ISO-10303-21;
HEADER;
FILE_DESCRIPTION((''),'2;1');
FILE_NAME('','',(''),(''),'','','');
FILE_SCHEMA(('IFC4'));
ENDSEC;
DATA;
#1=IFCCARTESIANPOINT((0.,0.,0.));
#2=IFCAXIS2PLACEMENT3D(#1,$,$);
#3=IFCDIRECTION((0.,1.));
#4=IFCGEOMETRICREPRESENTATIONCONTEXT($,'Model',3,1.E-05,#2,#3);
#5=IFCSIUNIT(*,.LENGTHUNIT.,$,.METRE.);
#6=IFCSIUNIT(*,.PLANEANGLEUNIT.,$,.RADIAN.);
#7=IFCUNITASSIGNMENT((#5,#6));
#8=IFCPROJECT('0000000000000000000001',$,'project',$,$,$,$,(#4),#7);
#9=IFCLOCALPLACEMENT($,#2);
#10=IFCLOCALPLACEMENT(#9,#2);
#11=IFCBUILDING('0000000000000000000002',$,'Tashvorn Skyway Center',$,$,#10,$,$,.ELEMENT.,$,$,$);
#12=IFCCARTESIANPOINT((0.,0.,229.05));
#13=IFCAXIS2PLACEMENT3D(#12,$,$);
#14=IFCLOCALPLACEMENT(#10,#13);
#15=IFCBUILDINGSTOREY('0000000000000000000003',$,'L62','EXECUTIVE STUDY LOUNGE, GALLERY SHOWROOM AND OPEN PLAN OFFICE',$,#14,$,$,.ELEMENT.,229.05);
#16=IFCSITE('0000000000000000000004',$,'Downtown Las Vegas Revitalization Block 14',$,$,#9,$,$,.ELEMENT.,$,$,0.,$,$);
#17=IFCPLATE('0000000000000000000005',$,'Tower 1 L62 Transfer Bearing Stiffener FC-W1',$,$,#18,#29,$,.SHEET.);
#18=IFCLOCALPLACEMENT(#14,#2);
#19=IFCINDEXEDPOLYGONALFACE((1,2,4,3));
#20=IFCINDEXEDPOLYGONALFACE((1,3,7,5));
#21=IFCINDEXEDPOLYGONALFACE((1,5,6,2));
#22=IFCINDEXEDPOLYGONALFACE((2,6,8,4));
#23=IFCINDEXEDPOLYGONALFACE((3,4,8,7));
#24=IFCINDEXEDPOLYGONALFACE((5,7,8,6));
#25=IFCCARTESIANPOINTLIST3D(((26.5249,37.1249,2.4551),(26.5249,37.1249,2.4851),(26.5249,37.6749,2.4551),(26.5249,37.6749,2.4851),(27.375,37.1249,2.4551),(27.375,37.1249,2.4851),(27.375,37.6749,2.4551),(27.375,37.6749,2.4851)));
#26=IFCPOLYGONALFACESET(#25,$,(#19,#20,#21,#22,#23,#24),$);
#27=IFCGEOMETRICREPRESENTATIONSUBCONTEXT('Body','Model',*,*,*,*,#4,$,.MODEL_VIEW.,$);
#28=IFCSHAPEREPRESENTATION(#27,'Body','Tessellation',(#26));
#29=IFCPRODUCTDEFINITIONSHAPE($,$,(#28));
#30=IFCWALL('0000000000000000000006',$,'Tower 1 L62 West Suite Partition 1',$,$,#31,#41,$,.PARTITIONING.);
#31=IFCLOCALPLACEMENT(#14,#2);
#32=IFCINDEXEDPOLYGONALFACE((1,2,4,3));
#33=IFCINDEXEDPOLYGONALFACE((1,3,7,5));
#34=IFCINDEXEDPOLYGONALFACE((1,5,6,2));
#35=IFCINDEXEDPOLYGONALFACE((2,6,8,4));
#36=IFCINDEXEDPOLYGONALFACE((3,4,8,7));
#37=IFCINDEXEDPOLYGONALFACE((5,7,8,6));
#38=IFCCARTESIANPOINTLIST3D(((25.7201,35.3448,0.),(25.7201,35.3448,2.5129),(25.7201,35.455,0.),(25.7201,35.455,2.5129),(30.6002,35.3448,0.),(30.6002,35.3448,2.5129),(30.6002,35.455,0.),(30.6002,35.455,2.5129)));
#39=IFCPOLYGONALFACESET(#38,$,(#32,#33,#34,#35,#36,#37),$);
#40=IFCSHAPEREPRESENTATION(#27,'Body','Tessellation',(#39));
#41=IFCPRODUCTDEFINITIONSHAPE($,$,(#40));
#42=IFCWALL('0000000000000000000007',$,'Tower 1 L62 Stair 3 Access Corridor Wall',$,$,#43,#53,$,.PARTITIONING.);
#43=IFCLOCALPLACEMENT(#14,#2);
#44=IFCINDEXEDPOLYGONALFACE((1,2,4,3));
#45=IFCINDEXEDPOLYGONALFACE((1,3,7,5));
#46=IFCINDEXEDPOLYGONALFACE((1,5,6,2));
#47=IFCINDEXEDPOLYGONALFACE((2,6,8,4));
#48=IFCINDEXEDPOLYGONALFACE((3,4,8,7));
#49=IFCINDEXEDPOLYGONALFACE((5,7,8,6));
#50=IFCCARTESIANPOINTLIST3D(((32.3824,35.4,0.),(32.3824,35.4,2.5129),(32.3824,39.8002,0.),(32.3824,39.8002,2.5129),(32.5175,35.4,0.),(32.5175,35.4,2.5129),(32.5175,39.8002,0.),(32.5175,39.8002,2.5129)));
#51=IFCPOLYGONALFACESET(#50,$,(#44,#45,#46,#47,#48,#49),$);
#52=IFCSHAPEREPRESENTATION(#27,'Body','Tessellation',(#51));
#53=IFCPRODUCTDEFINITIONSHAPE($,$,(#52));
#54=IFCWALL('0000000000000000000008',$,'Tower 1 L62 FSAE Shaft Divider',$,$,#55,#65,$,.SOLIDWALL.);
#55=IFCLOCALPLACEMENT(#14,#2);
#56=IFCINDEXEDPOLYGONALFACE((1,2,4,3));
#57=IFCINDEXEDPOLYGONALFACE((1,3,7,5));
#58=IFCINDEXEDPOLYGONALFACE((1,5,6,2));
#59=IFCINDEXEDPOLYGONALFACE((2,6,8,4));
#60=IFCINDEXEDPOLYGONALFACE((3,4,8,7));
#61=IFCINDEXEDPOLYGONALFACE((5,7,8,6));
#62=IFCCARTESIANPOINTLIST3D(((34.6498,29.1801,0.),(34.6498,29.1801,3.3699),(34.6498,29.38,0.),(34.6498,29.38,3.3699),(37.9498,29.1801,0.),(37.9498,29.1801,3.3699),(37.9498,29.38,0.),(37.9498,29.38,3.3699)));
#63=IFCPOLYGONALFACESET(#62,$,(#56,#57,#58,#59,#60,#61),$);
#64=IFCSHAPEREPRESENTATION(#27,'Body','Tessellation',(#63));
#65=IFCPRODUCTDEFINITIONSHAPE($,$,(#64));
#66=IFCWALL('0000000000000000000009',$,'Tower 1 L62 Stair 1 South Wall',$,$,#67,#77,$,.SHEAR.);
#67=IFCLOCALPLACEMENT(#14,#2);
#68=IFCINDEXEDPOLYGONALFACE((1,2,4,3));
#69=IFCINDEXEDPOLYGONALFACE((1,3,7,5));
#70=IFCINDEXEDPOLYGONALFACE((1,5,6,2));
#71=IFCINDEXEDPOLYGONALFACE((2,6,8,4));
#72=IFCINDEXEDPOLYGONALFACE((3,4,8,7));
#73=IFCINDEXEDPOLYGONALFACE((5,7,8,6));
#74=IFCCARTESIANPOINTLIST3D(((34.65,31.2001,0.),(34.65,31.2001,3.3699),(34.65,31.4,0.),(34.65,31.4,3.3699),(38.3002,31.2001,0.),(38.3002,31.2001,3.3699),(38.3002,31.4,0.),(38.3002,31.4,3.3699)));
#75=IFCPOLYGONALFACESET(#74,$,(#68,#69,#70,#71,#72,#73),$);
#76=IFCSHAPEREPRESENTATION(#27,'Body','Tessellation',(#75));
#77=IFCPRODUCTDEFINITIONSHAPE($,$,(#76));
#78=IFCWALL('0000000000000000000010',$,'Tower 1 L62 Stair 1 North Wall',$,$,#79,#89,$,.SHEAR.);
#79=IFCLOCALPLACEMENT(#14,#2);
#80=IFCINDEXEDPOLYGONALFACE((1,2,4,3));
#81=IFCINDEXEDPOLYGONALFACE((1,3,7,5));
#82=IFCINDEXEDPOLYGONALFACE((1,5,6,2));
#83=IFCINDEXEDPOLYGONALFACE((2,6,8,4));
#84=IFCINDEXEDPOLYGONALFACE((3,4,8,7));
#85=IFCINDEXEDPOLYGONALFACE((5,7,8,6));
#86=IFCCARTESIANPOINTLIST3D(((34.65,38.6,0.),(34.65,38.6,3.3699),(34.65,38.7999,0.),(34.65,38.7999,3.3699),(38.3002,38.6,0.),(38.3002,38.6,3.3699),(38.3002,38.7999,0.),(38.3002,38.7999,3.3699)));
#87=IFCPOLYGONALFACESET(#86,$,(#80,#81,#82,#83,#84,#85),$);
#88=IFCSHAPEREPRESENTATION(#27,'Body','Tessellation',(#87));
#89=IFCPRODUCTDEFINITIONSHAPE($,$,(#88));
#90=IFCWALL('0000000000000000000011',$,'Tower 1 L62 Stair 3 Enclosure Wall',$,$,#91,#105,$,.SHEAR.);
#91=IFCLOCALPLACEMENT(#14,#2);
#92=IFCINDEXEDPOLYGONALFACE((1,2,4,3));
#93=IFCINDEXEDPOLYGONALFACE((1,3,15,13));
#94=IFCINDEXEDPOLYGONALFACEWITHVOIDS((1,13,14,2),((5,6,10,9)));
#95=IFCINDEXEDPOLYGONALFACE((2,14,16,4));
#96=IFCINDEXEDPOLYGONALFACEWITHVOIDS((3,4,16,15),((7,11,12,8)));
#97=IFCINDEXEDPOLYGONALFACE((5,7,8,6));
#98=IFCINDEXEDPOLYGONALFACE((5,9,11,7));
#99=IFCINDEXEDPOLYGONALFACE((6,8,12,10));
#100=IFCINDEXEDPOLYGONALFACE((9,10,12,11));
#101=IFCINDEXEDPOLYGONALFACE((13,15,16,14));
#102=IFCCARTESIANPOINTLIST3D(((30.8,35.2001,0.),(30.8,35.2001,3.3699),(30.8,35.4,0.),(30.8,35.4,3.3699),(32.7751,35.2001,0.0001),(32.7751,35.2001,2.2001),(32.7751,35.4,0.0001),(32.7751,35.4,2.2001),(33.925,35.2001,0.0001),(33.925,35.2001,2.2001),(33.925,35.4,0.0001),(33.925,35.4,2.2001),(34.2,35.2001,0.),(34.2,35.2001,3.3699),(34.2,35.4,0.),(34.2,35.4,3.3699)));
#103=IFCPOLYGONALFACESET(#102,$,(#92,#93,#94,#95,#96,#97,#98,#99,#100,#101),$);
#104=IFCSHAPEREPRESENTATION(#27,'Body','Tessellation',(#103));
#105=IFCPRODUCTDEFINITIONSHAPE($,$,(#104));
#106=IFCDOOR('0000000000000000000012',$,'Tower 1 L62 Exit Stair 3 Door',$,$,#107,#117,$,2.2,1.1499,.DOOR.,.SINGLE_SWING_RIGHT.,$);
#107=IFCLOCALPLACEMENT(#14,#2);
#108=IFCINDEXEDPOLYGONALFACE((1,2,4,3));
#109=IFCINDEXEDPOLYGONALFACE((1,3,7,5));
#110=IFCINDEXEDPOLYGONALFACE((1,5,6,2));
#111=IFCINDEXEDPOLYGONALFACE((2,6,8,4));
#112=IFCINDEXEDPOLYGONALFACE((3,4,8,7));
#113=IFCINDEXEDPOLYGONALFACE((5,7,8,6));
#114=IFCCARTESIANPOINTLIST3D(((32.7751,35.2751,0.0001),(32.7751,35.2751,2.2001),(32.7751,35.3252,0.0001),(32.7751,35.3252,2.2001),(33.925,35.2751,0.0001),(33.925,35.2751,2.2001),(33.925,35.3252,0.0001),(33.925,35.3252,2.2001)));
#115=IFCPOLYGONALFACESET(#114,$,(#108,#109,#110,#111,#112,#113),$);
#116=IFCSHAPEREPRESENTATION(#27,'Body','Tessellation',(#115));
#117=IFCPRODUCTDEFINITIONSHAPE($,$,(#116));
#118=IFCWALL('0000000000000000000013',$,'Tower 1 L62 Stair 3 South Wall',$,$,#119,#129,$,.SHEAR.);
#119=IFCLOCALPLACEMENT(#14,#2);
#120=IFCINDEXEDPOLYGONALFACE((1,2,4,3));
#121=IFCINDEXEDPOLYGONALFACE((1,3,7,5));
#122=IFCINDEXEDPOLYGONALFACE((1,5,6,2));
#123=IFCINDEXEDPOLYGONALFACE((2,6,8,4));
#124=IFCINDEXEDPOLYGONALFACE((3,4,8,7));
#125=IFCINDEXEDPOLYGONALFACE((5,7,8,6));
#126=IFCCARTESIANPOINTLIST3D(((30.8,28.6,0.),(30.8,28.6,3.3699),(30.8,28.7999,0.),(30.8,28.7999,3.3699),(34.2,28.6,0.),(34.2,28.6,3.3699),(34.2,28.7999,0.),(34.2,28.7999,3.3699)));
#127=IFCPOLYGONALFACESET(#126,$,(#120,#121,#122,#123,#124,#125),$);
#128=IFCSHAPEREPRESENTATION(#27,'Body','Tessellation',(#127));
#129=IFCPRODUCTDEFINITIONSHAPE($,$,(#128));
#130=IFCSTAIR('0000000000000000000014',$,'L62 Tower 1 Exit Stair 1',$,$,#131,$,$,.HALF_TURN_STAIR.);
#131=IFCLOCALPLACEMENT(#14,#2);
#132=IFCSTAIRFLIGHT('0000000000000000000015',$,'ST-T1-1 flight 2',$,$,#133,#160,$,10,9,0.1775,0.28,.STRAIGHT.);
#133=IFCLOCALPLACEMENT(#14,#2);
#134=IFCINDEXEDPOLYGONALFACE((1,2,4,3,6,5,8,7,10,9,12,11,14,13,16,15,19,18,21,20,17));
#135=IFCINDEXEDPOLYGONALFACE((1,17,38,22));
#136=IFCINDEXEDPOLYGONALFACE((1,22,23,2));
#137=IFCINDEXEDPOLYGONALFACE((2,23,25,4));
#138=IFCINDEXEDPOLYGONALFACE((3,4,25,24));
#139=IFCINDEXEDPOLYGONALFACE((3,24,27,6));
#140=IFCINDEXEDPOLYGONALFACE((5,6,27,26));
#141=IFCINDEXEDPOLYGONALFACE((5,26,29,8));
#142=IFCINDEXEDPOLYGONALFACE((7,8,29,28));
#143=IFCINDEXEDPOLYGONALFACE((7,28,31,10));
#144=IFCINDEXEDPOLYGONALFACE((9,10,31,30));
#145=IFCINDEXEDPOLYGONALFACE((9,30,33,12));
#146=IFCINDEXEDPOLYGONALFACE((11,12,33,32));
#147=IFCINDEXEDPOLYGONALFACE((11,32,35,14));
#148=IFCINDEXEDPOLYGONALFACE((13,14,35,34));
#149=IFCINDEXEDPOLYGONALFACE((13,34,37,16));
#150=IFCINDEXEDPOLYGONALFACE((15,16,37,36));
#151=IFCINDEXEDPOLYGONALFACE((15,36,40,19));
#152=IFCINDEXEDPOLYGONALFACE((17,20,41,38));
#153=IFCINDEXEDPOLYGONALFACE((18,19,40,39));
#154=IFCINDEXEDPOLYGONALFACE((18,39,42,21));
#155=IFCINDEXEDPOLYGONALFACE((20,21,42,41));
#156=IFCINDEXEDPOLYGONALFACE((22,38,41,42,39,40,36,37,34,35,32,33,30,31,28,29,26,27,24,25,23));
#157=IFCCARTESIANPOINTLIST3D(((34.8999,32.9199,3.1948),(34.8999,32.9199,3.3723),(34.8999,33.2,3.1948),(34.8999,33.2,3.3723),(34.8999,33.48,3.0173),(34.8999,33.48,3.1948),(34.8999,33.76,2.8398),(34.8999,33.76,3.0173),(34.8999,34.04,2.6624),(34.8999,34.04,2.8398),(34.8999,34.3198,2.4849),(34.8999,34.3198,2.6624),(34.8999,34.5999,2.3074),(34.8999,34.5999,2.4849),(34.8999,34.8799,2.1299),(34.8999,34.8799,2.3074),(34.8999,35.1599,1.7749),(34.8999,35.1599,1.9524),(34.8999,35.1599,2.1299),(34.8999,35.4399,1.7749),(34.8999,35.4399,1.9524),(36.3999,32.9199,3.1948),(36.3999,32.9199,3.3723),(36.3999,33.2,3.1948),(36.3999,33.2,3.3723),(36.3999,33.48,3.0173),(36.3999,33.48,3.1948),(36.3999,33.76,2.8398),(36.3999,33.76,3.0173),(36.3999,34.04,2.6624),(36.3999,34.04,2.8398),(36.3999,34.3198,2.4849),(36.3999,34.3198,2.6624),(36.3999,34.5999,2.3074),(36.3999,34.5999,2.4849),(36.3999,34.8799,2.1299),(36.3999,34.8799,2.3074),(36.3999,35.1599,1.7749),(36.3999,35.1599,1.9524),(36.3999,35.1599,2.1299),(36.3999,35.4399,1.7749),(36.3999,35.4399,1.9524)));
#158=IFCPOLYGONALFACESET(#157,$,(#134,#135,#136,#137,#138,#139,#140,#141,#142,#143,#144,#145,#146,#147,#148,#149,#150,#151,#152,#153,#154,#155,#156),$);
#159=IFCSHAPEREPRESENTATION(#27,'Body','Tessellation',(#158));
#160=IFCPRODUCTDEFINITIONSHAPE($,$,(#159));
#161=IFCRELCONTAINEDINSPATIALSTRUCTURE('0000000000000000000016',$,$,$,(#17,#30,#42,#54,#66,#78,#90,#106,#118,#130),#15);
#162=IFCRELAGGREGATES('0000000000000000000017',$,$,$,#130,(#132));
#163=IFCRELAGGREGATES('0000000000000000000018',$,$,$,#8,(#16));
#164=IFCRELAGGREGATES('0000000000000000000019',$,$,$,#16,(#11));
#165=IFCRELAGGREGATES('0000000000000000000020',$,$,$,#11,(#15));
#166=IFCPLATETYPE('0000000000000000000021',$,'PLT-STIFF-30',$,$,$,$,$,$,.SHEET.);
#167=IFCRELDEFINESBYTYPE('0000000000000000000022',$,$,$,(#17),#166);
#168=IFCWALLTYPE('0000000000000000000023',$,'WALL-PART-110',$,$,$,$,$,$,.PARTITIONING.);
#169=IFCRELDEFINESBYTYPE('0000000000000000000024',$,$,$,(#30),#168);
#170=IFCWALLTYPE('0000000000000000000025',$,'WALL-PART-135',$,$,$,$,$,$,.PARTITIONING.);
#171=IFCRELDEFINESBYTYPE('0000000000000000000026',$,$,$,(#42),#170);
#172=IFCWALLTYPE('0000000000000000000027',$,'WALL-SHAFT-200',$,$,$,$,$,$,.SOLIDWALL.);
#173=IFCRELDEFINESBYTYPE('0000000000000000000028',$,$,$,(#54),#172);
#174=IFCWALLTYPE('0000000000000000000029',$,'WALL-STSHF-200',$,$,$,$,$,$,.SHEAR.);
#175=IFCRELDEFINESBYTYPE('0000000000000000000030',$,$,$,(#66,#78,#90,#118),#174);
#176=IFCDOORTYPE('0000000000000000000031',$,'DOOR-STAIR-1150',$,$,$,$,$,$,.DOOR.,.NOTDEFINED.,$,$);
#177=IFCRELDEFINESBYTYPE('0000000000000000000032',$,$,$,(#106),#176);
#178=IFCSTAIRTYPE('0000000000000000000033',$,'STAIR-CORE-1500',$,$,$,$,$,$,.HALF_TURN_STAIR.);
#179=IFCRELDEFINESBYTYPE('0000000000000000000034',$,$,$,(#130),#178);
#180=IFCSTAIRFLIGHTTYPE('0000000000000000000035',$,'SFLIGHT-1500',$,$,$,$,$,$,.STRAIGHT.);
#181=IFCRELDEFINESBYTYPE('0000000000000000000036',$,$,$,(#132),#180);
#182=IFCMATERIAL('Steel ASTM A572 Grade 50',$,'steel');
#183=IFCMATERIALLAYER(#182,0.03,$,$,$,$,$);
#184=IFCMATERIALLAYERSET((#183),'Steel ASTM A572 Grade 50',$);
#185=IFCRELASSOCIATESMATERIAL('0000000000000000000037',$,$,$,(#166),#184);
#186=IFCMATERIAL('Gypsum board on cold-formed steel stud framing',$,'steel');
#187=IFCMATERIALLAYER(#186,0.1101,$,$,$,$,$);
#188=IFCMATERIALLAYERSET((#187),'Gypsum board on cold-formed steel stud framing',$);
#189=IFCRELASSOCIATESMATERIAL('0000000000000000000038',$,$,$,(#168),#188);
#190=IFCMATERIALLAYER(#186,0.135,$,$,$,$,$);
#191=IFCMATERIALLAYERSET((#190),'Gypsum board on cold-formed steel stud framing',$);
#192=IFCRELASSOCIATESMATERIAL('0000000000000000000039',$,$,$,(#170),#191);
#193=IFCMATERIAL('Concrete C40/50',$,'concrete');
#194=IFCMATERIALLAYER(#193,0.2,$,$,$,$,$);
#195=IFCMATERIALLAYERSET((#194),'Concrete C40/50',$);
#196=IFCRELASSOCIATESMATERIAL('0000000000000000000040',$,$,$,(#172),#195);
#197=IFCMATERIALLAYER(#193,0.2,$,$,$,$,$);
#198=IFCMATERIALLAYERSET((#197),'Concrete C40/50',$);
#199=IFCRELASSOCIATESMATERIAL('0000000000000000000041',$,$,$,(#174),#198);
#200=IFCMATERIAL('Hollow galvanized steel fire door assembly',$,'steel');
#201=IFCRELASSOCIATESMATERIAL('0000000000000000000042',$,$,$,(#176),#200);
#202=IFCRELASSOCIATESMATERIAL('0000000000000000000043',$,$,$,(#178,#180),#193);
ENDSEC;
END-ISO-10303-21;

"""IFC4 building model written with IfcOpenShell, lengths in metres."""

from ifc_helpers import new_model, si_unit, direction, frame, frame_2d, origin, origin_2d, place, context, subcontext, project, spatial, polyline, rectangle, outline, extrude, material, layer, layer_set, type_object, element, fill, aggregate, save


model = new_model("IFC4")

# Units and contexts
model_context = context("Model", 3, precision=1e-05, world=origin(), true_north=direction((0.0, 1.0)))
body_context = subcontext(model_context, "Body", "Model", "MODEL_VIEW")
ifc_project = project(units=[si_unit("LENGTHUNIT", "METRE"), si_unit("PLANEANGLEUNIT", "RADIAN")], contexts=[model_context])

# Site, building, storey
site_placement = place(None, origin())
site = spatial("IfcSite", under=ifc_project, at=site_placement, Name="Downtown Las Vegas Revitalization Block 14", CompositionType="ELEMENT", RefElevation=0.0)
building_placement = place(site_placement, origin())
building = spatial("IfcBuilding", under=site, at=building_placement, Name="Tashvorn Skyway Center", CompositionType="ELEMENT")
storey_placement = place(building_placement, frame((0.0, 0.0, 229.05)))
storey = spatial("IfcBuildingStorey", under=building, at=storey_placement, Name="L62", Description="EXECUTIVE STUDY LOUNGE, GALLERY SHOWROOM AND OPEN PLAN OFFICE", CompositionType="ELEMENT", Elevation=229.05)

# Shared definitions
ifc_material_1 = material(Name="Steel ASTM A572 Grade 50", Category="steel")

# Plate
ifc_layer_1 = layer(ifc_material_1, 0.03)
ifc_layer_set_1 = layer_set([ifc_layer_1], Name="Steel ASTM A572 Grade 50")
plate_type_1 = type_object("IfcPlateType", Name="PLT-STIFF-30", PredefinedType="SHEET", material=ifc_layer_set_1)
plate_1_placement = place(storey_placement, frame((26.95, 37.3999, 2.4551), z_axis=(0.0, 0.0, 1.0), x_axis=(1.0, 0.0, 0.0)))
element("IfcPlate", 1, at=plate_1_placement, inside=storey, type_object=plate_type_1, Name="Tower 1 L62 Transfer Bearing Stiffener FC-W1", PredefinedType="SHEET", context=body_context, shape_type="SweptSolid", body=[
    extrude(rectangle(XDim=0.8501, YDim=0.55, at=origin_2d()), origin(), (0.0, 0.0, 1.0), 0.03),
])

# Walls
ifc_material_2 = material(Name="Gypsum board on cold-formed steel stud framing", Category="steel")
ifc_layer_2 = layer(ifc_material_2, 0.1101)
ifc_layer_set_2 = layer_set([ifc_layer_2], Name="Gypsum board on cold-formed steel stud framing")
wall_type_1 = type_object("IfcWallType", Name="WALL-PART-110", PredefinedType="PARTITIONING", material=ifc_layer_set_2)
wall_1_placement = place(storey_placement, frame((30.6001, 35.3999, 0.0), z_axis=(0.0, 0.0, 1.0), x_axis=(-1.0, 0.0, 0.0)))
element("IfcWall", 2, at=wall_1_placement, inside=storey, type_object=wall_type_1, Name="Tower 1 L62 West Suite Partition 1", PredefinedType="PARTITIONING", context=body_context, shape_type="SweptSolid", body=[
    extrude(rectangle(XDim=4.8801, YDim=0.1101, at=frame_2d((2.4399, 0.0))), origin(), (0.0, 0.0, 1.0), 2.5129),
])
ifc_layer_3 = layer(ifc_material_2, 0.135)
ifc_layer_set_3 = layer_set([ifc_layer_3], Name="Gypsum board on cold-formed steel stud framing")
wall_type_2 = type_object("IfcWallType", Name="WALL-PART-135", PredefinedType="PARTITIONING", material=ifc_layer_set_3)
wall_2_placement = place(storey_placement, frame((32.45, 35.3999, 0.0), z_axis=(0.0, 0.0, 1.0), x_axis=(0.0, 1.0, 0.0)))
element("IfcWall", 3, at=wall_2_placement, inside=storey, type_object=wall_type_2, Name="Tower 1 L62 Stair 3 Access Corridor Wall", PredefinedType="PARTITIONING", context=body_context, shape_type="SweptSolid", body=[
    extrude(rectangle(XDim=4.4001, YDim=0.135, at=frame_2d((2.2002, 0.0))), origin(), (0.0, 0.0, 1.0), 2.5129),
])
ifc_material_3 = material(Name="Concrete C40/50", Category="concrete")
ifc_layer_4 = layer(ifc_material_3, 0.2)
ifc_layer_set_4 = layer_set([ifc_layer_4], Name="Concrete C40/50")
wall_type_3 = type_object("IfcWallType", Name="WALL-SHAFT-200", PredefinedType="SOLIDWALL", material=ifc_layer_set_4)
wall_3_placement = place(storey_placement, frame((34.6499, 29.28, 0.0), z_axis=(0.0, 0.0, 1.0), x_axis=(1.0, 0.0, 0.0)))
element("IfcWall", 4, at=wall_3_placement, inside=storey, type_object=wall_type_3, Name="Tower 1 L62 FSAE Shaft Divider", PredefinedType="SOLIDWALL", context=body_context, shape_type="SweptSolid", body=[
    extrude(rectangle(XDim=3.3, YDim=0.2, at=frame_2d((1.6499, 0.0))), origin(), (0.0, 0.0, 1.0), 3.3699),
])
ifc_layer_5 = layer(ifc_material_3, 0.2)
ifc_layer_set_5 = layer_set([ifc_layer_5], Name="Concrete C40/50")
wall_type_4 = type_object("IfcWallType", Name="WALL-STSHF-200", PredefinedType="SHEAR", material=ifc_layer_set_5)
for number, where, z_axis, x_axis, name in (
    (5, (34.6499, 31.3, 0.0), (0.0, 0.0, 1.0), (1.0, 0.0, 0.0), "Tower 1 L62 Stair 1 South Wall"),
    (6, (34.6499, 38.7, 0.0), (0.0, 0.0, 1.0), (1.0, 0.0, 0.0), "Tower 1 L62 Stair 1 North Wall"),
):
    element("IfcWall", number, at=place(storey_placement, frame(where, z_axis=z_axis, x_axis=x_axis)), inside=storey, type_object=wall_type_4, Name=name, PredefinedType="SHEAR", context=body_context, shape_type="SweptSolid", body=[
        extrude(rectangle(XDim=3.6501, YDim=0.2, at=frame_2d((1.8252, 0.0))), origin(), (0.0, 0.0, 1.0), 3.3699),
    ])

# Wall, opening, door
wall_4_placement = place(storey_placement, frame((34.2, 35.3, 0.0), z_axis=(0.0, 0.0, 1.0), x_axis=(-1.0, 0.0, 0.0)))
wall_4 = element("IfcWall", 7, at=wall_4_placement, inside=storey, type_object=wall_type_4, Name="Tower 1 L62 Stair 3 Enclosure Wall", PredefinedType="SHEAR", context=body_context, shape_type="SweptSolid", body=[
    extrude(rectangle(XDim=3.3999, YDim=0.2, at=frame_2d((1.7, 0.0))), origin(), (0.0, 0.0, 1.0), 3.3699),
])
opening_placement = place(wall_4_placement, frame((0.2749, 0.0, 0.0)))
opening = element("IfcOpeningElement", 8, at=opening_placement, cuts=wall_4, PredefinedType="OPENING", context=body_context, shape_type="SweptSolid", body=[
    extrude(rectangle(XDim=1.1499, YDim=2.2, at=frame_2d((0.575, 1.1001))), frame((0.0, 0.1099, 0.0), z_axis=(0.0, -1.0, 0.0), x_axis=(1.0, 0.0, 0.0)), (0.0, 0.0, 1.0), 0.22),
])
ifc_material_4 = material(Name="Hollow galvanized steel fire door assembly", Category="steel")
door_type = type_object("IfcDoorType", Name="DOOR-STAIR-1150", OperationType="NOTDEFINED", PredefinedType="DOOR", material=ifc_material_4)
door_placement = place(opening_placement, origin())
door = element("IfcDoor", 9, at=door_placement, inside=storey, type_object=door_type, Name="Tower 1 L62 Exit Stair 3 Door", OperationType="SINGLE_SWING_RIGHT", OverallHeight=2.2, OverallWidth=1.1499, PredefinedType="DOOR", context=body_context, shape_type="SweptSolid", body=[
    extrude(rectangle(XDim=1.1499, YDim=2.2, at=frame_2d((0.575, 1.1001))), frame((0.0, 0.0249, 0.0), z_axis=(0.0, -1.0, 0.0), x_axis=(1.0, 0.0, 0.0)), (0.0, 0.0, 1.0), 0.05),
])
fill(opening, door)

# Wall
wall_5_placement = place(storey_placement, frame((30.8, 28.7, 0.0), z_axis=(0.0, 0.0, 1.0), x_axis=(1.0, 0.0, 0.0)))
element("IfcWall", 10, at=wall_5_placement, inside=storey, type_object=wall_type_4, Name="Tower 1 L62 Stair 3 South Wall", PredefinedType="SHEAR", context=body_context, shape_type="SweptSolid", body=[
    extrude(rectangle(XDim=3.3999, YDim=0.2, at=frame_2d((1.7, 0.0))), origin(), (0.0, 0.0, 1.0), 3.3699),
])

# Stair, stair flight
stair_type = type_object("IfcStairType", Name="STAIR-CORE-1500", PredefinedType="HALF_TURN_STAIR", material=ifc_material_3)
stair_1_placement = place(storey_placement, origin())
stair_1 = element("IfcStair", 11, at=stair_1_placement, inside=storey, type_object=stair_type, Name="L62 Tower 1 Exit Stair 1", PredefinedType="HALF_TURN_STAIR")
stair_flight_type = type_object("IfcStairFlightType", Name="SFLIGHT-1500", PredefinedType="STRAIGHT", material=ifc_material_3)
stair_flight_1_placement = place(storey_placement, frame((35.6499, 35.4399, 1.7749), z_axis=(0.0, 0.0, 1.0), x_axis=(0.0, -1.0, 0.0)))
stair_flight_1 = element("IfcStairFlight", 12, at=stair_flight_1_placement, type_object=stair_flight_type, Name="ST-T1-1 flight 2", NumberOfRisers=10, NumberOfTreads=9, PredefinedType="STRAIGHT", RiserHeight=0.1775, TreadLength=0.28, context=body_context, shape_type="SweptSolid", body=[
    extrude(outline(polyline([(0.0, 0.0), (0.0, 0.1775), (0.28, 0.1775), (0.28, 0.355), (0.5601, 0.355), (0.5601, 0.5325), (0.8401, 0.5325), (0.8401, 0.71), (1.1201, 0.71), (1.1201, 0.8875), (1.3999, 0.8875), (1.3999, 1.0649), (1.6799, 1.0649), (1.6799, 1.2424), (1.96, 1.2424), (1.96, 1.4199), (2.24, 1.4199), (2.24, 1.5974), (2.52, 1.5974), (2.52, 1.7749), (2.52, 1.4199), (0.28, 0.0), (0.0, 0.0)])), frame((0.0, 0.75, 0.0), z_axis=(0.0, -1.0, 0.0), x_axis=(1.0, 0.0, 0.0)), (0.0, 0.0, 1.0), 1.5),
])
aggregate(stair_1, [stair_flight_1])

save(model, "model.ifc")
